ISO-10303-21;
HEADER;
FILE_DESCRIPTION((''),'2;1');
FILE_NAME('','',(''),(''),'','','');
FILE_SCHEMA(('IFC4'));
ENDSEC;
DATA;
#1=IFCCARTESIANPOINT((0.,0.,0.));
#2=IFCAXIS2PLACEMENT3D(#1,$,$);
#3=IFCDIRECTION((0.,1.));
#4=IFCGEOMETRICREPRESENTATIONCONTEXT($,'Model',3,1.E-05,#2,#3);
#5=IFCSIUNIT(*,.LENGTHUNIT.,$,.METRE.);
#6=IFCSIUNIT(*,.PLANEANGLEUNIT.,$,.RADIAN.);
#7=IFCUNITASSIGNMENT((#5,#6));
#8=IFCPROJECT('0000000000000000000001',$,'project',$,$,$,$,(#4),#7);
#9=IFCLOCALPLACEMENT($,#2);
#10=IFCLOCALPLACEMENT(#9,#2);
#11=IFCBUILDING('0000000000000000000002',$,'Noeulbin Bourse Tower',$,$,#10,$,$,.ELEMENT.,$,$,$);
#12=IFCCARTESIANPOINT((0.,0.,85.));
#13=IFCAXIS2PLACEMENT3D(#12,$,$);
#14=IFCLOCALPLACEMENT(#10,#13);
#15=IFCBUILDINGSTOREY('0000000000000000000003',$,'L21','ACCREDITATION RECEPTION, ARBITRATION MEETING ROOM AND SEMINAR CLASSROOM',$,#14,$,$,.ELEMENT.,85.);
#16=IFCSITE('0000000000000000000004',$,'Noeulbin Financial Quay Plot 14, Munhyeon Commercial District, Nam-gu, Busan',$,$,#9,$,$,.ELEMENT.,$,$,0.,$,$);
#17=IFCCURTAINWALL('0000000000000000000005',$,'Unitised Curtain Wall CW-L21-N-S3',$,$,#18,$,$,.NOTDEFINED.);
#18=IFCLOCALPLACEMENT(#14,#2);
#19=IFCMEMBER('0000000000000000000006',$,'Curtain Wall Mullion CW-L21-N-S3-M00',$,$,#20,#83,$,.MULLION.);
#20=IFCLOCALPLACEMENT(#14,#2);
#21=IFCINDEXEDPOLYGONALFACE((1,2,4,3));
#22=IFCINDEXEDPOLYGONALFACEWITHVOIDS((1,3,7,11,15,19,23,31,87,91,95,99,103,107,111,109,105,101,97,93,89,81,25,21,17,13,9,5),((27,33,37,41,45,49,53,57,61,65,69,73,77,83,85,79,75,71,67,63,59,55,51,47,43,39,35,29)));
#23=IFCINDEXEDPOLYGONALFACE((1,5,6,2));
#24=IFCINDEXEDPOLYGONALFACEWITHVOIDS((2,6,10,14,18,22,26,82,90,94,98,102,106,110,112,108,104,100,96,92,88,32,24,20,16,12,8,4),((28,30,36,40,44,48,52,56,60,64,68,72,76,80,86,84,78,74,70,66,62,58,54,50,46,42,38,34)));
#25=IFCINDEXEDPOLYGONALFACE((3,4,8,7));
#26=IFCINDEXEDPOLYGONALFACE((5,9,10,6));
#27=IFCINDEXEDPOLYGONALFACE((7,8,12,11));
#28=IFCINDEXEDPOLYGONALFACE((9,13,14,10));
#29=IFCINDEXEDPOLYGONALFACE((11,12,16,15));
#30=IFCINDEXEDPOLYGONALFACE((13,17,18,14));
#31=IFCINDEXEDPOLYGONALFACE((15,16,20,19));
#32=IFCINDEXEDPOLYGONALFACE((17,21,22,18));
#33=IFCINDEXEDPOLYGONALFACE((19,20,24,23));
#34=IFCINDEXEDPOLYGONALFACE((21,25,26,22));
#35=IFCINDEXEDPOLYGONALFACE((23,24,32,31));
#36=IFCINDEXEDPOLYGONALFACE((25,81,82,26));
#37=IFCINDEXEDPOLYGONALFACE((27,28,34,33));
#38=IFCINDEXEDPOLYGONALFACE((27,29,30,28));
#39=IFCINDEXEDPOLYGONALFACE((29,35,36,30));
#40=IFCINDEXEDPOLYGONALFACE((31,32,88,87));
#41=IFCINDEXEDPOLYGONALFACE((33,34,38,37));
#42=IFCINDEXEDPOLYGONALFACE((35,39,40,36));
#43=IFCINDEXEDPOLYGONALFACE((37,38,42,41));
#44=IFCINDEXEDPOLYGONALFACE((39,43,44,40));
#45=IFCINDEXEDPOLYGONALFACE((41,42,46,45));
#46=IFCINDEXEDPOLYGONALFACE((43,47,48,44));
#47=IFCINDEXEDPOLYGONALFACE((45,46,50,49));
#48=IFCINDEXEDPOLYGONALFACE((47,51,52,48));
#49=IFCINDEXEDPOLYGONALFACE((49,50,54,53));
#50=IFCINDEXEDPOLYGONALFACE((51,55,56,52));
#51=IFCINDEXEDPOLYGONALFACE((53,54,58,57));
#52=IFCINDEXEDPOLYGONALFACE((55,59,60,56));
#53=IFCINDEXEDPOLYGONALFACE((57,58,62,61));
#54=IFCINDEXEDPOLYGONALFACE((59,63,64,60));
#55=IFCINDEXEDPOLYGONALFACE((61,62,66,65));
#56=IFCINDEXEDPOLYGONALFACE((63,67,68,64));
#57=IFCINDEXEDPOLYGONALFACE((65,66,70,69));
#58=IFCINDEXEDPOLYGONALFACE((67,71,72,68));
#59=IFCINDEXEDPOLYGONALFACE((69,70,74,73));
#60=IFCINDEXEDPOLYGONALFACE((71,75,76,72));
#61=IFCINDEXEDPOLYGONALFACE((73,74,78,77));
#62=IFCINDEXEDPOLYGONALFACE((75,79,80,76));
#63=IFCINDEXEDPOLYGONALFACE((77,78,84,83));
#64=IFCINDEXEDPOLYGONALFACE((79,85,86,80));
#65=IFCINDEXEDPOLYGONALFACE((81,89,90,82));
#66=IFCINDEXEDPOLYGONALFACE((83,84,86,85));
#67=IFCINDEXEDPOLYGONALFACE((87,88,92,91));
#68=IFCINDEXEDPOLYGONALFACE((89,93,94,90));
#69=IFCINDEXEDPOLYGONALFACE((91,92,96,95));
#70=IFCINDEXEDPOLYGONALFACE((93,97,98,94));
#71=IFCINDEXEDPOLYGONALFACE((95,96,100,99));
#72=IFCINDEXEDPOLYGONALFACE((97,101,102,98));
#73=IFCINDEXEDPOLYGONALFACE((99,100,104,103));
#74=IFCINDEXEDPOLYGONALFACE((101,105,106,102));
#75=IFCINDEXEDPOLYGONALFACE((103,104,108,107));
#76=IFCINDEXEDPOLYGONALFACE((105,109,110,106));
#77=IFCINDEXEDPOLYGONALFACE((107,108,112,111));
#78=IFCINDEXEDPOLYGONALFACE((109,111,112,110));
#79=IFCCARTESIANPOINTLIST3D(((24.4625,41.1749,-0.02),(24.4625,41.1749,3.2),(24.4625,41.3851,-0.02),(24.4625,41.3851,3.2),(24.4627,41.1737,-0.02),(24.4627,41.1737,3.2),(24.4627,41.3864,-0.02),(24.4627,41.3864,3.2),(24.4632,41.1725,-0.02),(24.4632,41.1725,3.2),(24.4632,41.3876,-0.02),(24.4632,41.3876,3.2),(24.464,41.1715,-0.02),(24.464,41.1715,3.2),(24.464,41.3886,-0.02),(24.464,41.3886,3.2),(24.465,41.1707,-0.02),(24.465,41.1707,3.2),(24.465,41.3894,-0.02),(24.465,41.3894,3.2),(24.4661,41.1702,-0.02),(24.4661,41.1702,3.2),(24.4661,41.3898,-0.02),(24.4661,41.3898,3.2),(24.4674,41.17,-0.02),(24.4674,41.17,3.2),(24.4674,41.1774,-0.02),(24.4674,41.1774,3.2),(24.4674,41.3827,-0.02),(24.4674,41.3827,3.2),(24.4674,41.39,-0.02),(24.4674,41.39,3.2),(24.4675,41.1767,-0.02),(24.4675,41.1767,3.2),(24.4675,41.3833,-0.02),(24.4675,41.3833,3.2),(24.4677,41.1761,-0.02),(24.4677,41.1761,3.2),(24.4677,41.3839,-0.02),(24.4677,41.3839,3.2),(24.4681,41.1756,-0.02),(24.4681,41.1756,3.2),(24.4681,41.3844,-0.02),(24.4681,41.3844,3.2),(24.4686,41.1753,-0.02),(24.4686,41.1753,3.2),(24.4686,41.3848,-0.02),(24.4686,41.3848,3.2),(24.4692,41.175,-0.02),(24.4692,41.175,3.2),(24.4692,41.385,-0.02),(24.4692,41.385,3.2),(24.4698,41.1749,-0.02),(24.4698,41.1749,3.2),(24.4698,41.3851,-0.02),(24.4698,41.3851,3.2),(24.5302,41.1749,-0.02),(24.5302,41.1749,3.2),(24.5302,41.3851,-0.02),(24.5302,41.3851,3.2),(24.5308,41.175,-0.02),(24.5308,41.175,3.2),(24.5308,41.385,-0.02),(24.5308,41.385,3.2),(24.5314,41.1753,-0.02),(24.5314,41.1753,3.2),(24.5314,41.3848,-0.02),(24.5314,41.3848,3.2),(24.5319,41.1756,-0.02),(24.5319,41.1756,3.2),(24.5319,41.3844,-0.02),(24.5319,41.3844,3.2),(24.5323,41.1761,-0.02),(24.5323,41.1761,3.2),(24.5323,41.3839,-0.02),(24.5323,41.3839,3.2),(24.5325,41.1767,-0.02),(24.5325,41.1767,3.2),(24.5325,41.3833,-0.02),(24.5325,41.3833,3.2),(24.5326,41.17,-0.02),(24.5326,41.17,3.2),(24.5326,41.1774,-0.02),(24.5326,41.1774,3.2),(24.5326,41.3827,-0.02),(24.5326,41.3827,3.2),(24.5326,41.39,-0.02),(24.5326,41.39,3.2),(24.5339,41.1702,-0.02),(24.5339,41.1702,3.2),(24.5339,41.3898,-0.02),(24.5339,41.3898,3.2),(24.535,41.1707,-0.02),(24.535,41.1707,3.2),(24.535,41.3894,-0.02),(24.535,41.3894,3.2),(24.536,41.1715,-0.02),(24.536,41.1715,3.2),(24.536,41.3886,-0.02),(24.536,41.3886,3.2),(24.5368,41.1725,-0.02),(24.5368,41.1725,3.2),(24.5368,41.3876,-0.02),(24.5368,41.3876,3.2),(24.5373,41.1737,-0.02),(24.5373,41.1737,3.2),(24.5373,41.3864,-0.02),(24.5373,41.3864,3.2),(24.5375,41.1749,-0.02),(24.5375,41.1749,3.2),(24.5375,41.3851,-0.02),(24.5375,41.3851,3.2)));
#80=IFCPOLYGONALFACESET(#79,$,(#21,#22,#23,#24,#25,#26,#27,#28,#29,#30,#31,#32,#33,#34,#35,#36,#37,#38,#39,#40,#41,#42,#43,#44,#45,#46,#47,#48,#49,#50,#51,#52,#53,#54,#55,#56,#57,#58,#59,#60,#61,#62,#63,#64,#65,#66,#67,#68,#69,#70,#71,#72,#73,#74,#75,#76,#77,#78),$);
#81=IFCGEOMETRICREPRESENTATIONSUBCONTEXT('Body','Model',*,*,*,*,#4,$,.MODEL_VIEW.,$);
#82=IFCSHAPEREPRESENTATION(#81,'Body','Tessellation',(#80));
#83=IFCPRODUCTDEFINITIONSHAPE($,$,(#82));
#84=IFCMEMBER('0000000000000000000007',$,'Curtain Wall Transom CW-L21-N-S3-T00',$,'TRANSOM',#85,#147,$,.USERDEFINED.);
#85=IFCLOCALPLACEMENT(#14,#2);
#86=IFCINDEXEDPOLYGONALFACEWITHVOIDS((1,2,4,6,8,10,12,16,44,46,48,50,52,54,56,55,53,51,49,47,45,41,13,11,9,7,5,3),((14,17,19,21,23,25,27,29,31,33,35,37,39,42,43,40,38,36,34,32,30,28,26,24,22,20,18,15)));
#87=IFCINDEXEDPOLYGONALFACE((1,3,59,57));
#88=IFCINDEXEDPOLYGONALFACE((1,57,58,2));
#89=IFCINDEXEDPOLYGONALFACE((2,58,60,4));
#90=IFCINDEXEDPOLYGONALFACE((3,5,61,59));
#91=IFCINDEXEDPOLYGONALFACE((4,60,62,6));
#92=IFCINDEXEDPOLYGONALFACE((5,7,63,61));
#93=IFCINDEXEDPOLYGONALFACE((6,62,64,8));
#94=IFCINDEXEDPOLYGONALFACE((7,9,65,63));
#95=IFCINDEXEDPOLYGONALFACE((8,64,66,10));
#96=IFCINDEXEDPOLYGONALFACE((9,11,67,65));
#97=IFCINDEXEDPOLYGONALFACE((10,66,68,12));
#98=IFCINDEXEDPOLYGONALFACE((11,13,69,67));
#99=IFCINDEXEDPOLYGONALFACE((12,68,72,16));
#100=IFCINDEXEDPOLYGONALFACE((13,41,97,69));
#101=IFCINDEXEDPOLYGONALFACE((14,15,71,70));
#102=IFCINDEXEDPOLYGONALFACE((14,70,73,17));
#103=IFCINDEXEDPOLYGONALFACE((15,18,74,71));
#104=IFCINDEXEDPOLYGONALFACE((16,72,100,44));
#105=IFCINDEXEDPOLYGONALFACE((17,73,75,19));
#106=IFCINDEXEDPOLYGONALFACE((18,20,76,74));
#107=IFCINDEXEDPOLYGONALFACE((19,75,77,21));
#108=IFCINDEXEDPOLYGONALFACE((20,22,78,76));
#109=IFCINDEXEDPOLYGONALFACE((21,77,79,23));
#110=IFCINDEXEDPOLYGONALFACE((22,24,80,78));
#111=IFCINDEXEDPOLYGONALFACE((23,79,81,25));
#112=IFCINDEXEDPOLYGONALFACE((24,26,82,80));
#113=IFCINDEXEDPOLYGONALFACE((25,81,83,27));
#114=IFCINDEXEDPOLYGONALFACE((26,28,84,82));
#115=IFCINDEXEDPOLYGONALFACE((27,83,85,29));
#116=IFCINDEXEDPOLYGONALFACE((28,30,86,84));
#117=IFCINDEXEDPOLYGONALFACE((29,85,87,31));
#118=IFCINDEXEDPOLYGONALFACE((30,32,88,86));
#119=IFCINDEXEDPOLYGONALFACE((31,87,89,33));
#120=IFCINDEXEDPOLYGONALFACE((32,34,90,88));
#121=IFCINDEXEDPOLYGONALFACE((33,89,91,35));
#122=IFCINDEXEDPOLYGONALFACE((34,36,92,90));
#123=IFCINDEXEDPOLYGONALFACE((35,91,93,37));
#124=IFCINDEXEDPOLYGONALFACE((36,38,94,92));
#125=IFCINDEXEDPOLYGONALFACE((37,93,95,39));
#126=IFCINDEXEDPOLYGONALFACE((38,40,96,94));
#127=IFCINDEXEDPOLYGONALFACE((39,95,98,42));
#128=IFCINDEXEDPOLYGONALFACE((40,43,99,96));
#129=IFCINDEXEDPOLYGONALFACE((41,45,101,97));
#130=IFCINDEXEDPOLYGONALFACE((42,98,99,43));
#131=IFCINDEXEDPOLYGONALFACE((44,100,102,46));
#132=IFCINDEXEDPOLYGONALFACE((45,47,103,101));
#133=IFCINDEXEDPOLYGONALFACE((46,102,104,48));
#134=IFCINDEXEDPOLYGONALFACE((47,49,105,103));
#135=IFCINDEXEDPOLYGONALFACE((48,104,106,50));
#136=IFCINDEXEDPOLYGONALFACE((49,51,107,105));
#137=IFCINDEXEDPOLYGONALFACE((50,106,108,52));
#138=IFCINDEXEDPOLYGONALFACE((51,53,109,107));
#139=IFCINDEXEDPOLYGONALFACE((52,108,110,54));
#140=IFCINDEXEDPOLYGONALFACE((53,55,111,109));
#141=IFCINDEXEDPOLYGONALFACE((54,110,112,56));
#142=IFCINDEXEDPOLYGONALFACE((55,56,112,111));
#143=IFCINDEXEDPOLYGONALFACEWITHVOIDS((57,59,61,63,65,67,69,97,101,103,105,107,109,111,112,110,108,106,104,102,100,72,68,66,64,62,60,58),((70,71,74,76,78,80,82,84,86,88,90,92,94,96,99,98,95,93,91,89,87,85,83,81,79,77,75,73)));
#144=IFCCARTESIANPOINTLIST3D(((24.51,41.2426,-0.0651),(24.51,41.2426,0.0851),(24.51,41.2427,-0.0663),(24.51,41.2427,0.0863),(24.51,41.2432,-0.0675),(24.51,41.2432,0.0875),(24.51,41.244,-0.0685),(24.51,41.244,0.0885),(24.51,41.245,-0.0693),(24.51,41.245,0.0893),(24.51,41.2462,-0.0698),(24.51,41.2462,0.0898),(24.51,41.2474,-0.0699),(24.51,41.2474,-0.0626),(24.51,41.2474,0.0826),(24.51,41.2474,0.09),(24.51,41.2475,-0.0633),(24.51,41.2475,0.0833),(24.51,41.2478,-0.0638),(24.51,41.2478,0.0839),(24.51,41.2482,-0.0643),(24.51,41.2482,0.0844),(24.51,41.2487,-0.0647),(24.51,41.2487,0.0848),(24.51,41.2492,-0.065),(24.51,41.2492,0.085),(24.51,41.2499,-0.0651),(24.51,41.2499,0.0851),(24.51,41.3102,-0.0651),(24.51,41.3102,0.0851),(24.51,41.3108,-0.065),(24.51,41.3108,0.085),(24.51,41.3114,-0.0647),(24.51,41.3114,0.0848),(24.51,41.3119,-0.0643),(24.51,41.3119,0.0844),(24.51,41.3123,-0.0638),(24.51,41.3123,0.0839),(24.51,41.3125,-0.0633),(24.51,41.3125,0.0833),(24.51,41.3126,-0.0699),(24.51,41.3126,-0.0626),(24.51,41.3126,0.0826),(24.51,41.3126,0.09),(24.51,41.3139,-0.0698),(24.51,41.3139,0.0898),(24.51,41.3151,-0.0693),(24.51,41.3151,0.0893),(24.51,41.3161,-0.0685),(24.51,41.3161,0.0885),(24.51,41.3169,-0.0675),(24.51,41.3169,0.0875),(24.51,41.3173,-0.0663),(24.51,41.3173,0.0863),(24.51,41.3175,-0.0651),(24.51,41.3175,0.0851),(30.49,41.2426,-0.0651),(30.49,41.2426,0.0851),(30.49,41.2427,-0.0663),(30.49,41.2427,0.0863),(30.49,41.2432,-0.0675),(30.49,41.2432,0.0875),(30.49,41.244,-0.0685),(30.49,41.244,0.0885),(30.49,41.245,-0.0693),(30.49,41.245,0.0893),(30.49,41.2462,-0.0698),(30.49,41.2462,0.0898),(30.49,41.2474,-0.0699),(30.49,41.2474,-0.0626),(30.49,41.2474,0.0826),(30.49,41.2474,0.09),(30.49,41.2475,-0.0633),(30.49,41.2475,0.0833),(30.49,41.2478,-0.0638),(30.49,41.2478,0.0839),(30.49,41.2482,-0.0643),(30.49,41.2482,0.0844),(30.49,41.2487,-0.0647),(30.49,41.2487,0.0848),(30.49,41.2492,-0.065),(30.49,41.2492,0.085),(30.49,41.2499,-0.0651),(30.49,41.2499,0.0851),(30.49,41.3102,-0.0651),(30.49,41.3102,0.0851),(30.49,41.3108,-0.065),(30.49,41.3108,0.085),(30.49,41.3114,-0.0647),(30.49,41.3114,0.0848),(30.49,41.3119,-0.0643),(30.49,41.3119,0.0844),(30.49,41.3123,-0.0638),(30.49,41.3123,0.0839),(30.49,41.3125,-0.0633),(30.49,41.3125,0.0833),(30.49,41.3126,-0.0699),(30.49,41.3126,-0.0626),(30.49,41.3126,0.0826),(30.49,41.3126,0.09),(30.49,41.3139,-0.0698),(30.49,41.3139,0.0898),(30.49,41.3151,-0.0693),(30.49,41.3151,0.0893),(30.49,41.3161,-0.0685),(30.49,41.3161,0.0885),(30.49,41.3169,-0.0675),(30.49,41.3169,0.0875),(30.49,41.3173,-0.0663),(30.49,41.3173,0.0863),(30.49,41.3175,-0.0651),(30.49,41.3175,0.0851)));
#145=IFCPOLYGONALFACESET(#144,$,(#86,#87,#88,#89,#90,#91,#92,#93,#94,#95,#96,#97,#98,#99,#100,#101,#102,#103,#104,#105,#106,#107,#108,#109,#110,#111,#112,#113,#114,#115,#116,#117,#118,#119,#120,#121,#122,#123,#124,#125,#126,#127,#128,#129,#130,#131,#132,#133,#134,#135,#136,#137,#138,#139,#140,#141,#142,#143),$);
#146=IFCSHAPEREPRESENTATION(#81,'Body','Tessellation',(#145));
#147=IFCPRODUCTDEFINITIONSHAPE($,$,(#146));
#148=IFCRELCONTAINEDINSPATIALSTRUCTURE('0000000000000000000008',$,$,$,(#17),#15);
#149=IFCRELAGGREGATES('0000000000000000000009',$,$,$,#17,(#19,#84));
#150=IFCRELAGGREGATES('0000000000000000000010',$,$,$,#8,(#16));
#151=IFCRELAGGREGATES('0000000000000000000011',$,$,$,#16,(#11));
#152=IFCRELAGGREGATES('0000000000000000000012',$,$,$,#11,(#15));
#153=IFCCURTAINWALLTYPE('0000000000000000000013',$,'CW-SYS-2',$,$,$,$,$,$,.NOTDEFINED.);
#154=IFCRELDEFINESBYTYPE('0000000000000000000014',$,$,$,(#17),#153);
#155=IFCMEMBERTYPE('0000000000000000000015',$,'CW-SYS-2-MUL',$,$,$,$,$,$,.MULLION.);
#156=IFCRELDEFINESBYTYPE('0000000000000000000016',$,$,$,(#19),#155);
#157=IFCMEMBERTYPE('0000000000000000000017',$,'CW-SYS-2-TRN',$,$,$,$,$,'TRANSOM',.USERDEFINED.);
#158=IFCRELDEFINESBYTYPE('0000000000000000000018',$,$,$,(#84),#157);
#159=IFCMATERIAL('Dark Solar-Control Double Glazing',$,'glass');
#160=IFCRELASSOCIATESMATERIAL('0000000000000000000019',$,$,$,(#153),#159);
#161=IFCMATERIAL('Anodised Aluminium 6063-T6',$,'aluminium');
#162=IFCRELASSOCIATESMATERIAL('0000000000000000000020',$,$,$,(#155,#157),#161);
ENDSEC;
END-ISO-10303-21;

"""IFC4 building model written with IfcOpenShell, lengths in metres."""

from ifc_helpers import new_model, si_unit, direction, frame, origin, origin_2d, place, context, subcontext, project, spatial, hollow_rectangle, extrude, material, material_profile, profile_set, type_object, element, aggregate, save


model = new_model("IFC4")

# Units and contexts
model_context = context("Model", 3, precision=1e-05, world=origin(), true_north=direction((0.0, 1.0)))
body_context = subcontext(model_context, "Body", "Model", "MODEL_VIEW")
ifc_project = project(units=[si_unit("LENGTHUNIT", "METRE"), si_unit("PLANEANGLEUNIT", "RADIAN")], contexts=[model_context])

# Site, building, storey
site_placement = place(None, origin())
site = spatial("IfcSite", under=ifc_project, at=site_placement, Name="Noeulbin Financial Quay Plot 14, Munhyeon Commercial District, Nam-gu, Busan", CompositionType="ELEMENT", RefElevation=0.0)
building_placement = place(site_placement, origin())
building = spatial("IfcBuilding", under=site, at=building_placement, Name="Noeulbin Bourse Tower", CompositionType="ELEMENT")
storey_placement = place(building_placement, frame((0.0, 0.0, 85.0)))
storey = spatial("IfcBuildingStorey", under=building, at=storey_placement, Name="L21", Description="ACCREDITATION RECEPTION, ARBITRATION MEETING ROOM AND SEMINAR CLASSROOM", CompositionType="ELEMENT", Elevation=85.0)

# Curtain wall, members
ifc_material_1 = material(Name="Dark Solar-Control Double Glazing", Category="glass")
curtain_wall_type = type_object("IfcCurtainWallType", Name="CW-SYS-2", PredefinedType="NOTDEFINED", material=ifc_material_1)
ifc_material_2 = material(Name="Anodised Aluminium 6063-T6", Category="aluminium")
ifc_material_profile_1 = material_profile(ifc_material_2, hollow_rectangle(XDim=0.075, YDim=0.22, WallThickness=0.0049, InnerFilletRadius=0.0024, OuterFilletRadius=0.0049, at=origin_2d()), Name="ALU-MULL-75x220x5", Category="LoadBearing")
ifc_profile_set_1 = profile_set([ifc_material_profile_1], Name="Anodised Aluminium 6063-T6")
member_type_1 = type_object("IfcMemberType", Name="CW-SYS-2-MUL", PredefinedType="MULLION", material=ifc_profile_set_1)
curtain_wall_1_placement = place(storey_placement, origin())
curtain_wall_1 = element("IfcCurtainWall", 1, at=curtain_wall_1_placement, inside=storey, type_object=curtain_wall_type, Name="Unitised Curtain Wall CW-L21-N-S3", PredefinedType="NOTDEFINED")
member_1_placement = place(storey_placement, frame((24.5, 41.28, -0.02), z_axis=(0.0, 0.0, 1.0), x_axis=(1.0, 0.0, 0.0)))
member_1 = element("IfcMember", 2, at=member_1_placement, type_object=member_type_1, Name="Curtain Wall Mullion CW-L21-N-S3-M00", PredefinedType="MULLION", context=body_context, shape_type="SweptSolid", body=[
    extrude(hollow_rectangle(XDim=0.075, YDim=0.22, WallThickness=0.0049, InnerFilletRadius=0.0024, OuterFilletRadius=0.0049, at=origin_2d()), origin(), (0.0, 0.0, 1.0), 3.22),
])
ifc_material_profile_2 = material_profile(ifc_material_2, hollow_rectangle(XDim=0.075, YDim=0.1599, WallThickness=0.0049, InnerFilletRadius=0.0024, OuterFilletRadius=0.0049, at=origin_2d()), Name="ALU-TRAN-75x160x5", Category="LoadBearing")
ifc_profile_set_2 = profile_set([ifc_material_profile_2], Name="Anodised Aluminium 6063-T6")
member_type_2 = type_object("IfcMemberType", Name="CW-SYS-2-TRN", ElementType="TRANSOM", PredefinedType="USERDEFINED", material=ifc_profile_set_2)
member_2_placement = place(storey_placement, frame((24.51, 41.28, 0.01), z_axis=(1.0, 0.0, 0.0), x_axis=(0.0, 1.0, 0.0)))
member_2 = element("IfcMember", 3, at=member_2_placement, type_object=member_type_2, Name="Curtain Wall Transom CW-L21-N-S3-T00", ObjectType="TRANSOM", PredefinedType="USERDEFINED", context=body_context, shape_type="SweptSolid", body=[
    extrude(hollow_rectangle(XDim=0.075, YDim=0.1599, WallThickness=0.0049, InnerFilletRadius=0.0024, OuterFilletRadius=0.0049, at=origin_2d()), origin(), (0.0, 0.0, 1.0), 5.98),
])

aggregate(curtain_wall_1, [member_1, member_2])

save(model, "model.ifc")
